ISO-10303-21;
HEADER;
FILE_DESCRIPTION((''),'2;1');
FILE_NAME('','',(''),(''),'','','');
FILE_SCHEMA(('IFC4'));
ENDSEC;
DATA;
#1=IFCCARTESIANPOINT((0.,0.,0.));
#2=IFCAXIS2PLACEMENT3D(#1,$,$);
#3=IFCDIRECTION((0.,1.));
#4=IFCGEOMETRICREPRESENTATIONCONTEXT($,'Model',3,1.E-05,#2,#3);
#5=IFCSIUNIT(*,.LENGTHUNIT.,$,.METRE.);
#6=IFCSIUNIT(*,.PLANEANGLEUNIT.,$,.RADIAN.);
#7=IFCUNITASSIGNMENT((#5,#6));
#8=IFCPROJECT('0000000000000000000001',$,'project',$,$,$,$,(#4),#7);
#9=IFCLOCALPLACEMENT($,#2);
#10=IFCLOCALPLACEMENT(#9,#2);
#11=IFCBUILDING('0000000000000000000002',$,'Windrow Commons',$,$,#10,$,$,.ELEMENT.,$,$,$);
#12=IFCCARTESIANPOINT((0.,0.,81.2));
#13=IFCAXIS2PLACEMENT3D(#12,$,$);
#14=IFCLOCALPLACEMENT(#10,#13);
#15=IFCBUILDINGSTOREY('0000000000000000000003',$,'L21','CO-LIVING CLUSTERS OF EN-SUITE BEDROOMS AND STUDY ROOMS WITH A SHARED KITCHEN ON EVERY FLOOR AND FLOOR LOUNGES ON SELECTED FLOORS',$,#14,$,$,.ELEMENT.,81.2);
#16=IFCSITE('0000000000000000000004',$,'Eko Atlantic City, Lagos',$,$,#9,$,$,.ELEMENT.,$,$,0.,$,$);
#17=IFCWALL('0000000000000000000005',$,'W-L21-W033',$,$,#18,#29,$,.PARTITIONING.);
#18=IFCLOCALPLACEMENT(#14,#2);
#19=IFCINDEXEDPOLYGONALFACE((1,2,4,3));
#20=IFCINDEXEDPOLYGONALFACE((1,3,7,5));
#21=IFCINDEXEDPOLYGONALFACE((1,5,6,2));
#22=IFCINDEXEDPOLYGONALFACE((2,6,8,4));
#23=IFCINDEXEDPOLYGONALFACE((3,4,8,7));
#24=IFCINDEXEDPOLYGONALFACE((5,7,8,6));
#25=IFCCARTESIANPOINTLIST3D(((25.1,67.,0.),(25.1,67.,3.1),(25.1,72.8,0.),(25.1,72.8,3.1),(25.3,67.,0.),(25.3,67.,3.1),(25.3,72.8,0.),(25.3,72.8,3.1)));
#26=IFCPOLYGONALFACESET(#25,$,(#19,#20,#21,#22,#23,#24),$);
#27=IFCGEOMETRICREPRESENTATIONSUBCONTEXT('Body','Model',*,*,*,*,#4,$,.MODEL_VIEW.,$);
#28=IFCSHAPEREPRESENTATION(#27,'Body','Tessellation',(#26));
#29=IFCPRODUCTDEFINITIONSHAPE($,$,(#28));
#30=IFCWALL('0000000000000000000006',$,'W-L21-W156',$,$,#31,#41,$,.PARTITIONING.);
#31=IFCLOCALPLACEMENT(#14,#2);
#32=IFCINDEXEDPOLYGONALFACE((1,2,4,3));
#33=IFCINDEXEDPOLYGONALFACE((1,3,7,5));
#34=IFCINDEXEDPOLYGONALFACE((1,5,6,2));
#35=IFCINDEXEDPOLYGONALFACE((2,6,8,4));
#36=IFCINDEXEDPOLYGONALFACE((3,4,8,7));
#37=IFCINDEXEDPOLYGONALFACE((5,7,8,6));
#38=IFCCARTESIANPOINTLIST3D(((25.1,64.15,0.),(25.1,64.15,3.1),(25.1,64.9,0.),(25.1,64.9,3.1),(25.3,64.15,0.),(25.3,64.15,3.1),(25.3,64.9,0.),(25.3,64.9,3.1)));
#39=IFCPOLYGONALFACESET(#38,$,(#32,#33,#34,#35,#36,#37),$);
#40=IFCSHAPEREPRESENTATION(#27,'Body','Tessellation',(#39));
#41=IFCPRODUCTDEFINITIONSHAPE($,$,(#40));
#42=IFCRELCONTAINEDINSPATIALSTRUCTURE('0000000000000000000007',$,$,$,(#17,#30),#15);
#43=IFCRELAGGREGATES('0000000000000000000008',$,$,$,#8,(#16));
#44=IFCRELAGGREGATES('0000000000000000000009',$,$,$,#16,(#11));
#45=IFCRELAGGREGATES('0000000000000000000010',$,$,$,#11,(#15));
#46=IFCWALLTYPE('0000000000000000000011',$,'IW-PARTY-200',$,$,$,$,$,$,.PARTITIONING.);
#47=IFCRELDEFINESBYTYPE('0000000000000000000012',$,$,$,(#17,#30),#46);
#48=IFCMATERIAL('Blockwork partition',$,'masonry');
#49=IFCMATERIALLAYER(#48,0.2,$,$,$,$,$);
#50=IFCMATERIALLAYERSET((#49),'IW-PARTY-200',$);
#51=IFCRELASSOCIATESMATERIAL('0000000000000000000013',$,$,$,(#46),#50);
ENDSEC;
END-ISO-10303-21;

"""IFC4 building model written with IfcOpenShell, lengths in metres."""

from ifc_helpers import new_model, si_unit, direction, frame, frame_2d, origin, place, context, subcontext, project, spatial, rectangle, extrude, material, layer, layer_set, type_object, element, save


model = new_model("IFC4")

# Units and contexts
model_context = context("Model", 3, precision=1e-05, world=origin(), true_north=direction((0.0, 1.0)))
body_context = subcontext(model_context, "Body", "Model", "MODEL_VIEW")
ifc_project = project(units=[si_unit("LENGTHUNIT", "METRE"), si_unit("PLANEANGLEUNIT", "RADIAN")], contexts=[model_context])

# Site, building, storey
site_placement = place(None, origin())
site = spatial("IfcSite", under=ifc_project, at=site_placement, Name="Eko Atlantic City, Lagos", CompositionType="ELEMENT", RefElevation=0.0)
building_placement = place(site_placement, origin())
building = spatial("IfcBuilding", under=site, at=building_placement, Name="Windrow Commons", CompositionType="ELEMENT")
storey_placement = place(building_placement, frame((0.0, 0.0, 81.2)))
storey = spatial("IfcBuildingStorey", under=building, at=storey_placement, Name="L21", Description="CO-LIVING CLUSTERS OF EN-SUITE BEDROOMS AND STUDY ROOMS WITH A SHARED KITCHEN ON EVERY FLOOR AND FLOOR LOUNGES ON SELECTED FLOORS", CompositionType="ELEMENT", Elevation=81.2)

# Walls
ifc_material_1 = material(Name="Blockwork partition", Category="masonry")
ifc_layer_1 = layer(ifc_material_1, 0.2)
ifc_layer_set_1 = layer_set([ifc_layer_1], Name="IW-PARTY-200")
wall_type_1 = type_object("IfcWallType", Name="IW-PARTY-200", PredefinedType="PARTITIONING", material=ifc_layer_set_1)
wall_1_placement = place(storey_placement, frame((25.2, 67.0, 0.0), z_axis=(0.0, 0.0, 1.0), x_axis=(0.0, 1.0, 0.0)))
element("IfcWall", 1, at=wall_1_placement, inside=storey, type_object=wall_type_1, Name="W-L21-W033", PredefinedType="PARTITIONING", context=body_context, shape_type="SweptSolid", body=[
    extrude(rectangle(XDim=5.8, YDim=0.2, at=frame_2d((2.9, 0.0))), origin(), (0.0, 0.0, 1.0), 3.1),
])
wall_2_placement = place(storey_placement, frame((25.2, 64.15, 0.0), z_axis=(0.0, 0.0, 1.0), x_axis=(0.0, 1.0, 0.0)))
element("IfcWall", 2, at=wall_2_placement, inside=storey, type_object=wall_type_1, Name="W-L21-W156", PredefinedType="PARTITIONING", context=body_context, shape_type="SweptSolid", body=[
    extrude(rectangle(XDim=0.75, YDim=0.2, at=frame_2d((0.375, 0.0))), origin(), (0.0, 0.0, 1.0), 3.1),
])

save(model, "model.ifc")
